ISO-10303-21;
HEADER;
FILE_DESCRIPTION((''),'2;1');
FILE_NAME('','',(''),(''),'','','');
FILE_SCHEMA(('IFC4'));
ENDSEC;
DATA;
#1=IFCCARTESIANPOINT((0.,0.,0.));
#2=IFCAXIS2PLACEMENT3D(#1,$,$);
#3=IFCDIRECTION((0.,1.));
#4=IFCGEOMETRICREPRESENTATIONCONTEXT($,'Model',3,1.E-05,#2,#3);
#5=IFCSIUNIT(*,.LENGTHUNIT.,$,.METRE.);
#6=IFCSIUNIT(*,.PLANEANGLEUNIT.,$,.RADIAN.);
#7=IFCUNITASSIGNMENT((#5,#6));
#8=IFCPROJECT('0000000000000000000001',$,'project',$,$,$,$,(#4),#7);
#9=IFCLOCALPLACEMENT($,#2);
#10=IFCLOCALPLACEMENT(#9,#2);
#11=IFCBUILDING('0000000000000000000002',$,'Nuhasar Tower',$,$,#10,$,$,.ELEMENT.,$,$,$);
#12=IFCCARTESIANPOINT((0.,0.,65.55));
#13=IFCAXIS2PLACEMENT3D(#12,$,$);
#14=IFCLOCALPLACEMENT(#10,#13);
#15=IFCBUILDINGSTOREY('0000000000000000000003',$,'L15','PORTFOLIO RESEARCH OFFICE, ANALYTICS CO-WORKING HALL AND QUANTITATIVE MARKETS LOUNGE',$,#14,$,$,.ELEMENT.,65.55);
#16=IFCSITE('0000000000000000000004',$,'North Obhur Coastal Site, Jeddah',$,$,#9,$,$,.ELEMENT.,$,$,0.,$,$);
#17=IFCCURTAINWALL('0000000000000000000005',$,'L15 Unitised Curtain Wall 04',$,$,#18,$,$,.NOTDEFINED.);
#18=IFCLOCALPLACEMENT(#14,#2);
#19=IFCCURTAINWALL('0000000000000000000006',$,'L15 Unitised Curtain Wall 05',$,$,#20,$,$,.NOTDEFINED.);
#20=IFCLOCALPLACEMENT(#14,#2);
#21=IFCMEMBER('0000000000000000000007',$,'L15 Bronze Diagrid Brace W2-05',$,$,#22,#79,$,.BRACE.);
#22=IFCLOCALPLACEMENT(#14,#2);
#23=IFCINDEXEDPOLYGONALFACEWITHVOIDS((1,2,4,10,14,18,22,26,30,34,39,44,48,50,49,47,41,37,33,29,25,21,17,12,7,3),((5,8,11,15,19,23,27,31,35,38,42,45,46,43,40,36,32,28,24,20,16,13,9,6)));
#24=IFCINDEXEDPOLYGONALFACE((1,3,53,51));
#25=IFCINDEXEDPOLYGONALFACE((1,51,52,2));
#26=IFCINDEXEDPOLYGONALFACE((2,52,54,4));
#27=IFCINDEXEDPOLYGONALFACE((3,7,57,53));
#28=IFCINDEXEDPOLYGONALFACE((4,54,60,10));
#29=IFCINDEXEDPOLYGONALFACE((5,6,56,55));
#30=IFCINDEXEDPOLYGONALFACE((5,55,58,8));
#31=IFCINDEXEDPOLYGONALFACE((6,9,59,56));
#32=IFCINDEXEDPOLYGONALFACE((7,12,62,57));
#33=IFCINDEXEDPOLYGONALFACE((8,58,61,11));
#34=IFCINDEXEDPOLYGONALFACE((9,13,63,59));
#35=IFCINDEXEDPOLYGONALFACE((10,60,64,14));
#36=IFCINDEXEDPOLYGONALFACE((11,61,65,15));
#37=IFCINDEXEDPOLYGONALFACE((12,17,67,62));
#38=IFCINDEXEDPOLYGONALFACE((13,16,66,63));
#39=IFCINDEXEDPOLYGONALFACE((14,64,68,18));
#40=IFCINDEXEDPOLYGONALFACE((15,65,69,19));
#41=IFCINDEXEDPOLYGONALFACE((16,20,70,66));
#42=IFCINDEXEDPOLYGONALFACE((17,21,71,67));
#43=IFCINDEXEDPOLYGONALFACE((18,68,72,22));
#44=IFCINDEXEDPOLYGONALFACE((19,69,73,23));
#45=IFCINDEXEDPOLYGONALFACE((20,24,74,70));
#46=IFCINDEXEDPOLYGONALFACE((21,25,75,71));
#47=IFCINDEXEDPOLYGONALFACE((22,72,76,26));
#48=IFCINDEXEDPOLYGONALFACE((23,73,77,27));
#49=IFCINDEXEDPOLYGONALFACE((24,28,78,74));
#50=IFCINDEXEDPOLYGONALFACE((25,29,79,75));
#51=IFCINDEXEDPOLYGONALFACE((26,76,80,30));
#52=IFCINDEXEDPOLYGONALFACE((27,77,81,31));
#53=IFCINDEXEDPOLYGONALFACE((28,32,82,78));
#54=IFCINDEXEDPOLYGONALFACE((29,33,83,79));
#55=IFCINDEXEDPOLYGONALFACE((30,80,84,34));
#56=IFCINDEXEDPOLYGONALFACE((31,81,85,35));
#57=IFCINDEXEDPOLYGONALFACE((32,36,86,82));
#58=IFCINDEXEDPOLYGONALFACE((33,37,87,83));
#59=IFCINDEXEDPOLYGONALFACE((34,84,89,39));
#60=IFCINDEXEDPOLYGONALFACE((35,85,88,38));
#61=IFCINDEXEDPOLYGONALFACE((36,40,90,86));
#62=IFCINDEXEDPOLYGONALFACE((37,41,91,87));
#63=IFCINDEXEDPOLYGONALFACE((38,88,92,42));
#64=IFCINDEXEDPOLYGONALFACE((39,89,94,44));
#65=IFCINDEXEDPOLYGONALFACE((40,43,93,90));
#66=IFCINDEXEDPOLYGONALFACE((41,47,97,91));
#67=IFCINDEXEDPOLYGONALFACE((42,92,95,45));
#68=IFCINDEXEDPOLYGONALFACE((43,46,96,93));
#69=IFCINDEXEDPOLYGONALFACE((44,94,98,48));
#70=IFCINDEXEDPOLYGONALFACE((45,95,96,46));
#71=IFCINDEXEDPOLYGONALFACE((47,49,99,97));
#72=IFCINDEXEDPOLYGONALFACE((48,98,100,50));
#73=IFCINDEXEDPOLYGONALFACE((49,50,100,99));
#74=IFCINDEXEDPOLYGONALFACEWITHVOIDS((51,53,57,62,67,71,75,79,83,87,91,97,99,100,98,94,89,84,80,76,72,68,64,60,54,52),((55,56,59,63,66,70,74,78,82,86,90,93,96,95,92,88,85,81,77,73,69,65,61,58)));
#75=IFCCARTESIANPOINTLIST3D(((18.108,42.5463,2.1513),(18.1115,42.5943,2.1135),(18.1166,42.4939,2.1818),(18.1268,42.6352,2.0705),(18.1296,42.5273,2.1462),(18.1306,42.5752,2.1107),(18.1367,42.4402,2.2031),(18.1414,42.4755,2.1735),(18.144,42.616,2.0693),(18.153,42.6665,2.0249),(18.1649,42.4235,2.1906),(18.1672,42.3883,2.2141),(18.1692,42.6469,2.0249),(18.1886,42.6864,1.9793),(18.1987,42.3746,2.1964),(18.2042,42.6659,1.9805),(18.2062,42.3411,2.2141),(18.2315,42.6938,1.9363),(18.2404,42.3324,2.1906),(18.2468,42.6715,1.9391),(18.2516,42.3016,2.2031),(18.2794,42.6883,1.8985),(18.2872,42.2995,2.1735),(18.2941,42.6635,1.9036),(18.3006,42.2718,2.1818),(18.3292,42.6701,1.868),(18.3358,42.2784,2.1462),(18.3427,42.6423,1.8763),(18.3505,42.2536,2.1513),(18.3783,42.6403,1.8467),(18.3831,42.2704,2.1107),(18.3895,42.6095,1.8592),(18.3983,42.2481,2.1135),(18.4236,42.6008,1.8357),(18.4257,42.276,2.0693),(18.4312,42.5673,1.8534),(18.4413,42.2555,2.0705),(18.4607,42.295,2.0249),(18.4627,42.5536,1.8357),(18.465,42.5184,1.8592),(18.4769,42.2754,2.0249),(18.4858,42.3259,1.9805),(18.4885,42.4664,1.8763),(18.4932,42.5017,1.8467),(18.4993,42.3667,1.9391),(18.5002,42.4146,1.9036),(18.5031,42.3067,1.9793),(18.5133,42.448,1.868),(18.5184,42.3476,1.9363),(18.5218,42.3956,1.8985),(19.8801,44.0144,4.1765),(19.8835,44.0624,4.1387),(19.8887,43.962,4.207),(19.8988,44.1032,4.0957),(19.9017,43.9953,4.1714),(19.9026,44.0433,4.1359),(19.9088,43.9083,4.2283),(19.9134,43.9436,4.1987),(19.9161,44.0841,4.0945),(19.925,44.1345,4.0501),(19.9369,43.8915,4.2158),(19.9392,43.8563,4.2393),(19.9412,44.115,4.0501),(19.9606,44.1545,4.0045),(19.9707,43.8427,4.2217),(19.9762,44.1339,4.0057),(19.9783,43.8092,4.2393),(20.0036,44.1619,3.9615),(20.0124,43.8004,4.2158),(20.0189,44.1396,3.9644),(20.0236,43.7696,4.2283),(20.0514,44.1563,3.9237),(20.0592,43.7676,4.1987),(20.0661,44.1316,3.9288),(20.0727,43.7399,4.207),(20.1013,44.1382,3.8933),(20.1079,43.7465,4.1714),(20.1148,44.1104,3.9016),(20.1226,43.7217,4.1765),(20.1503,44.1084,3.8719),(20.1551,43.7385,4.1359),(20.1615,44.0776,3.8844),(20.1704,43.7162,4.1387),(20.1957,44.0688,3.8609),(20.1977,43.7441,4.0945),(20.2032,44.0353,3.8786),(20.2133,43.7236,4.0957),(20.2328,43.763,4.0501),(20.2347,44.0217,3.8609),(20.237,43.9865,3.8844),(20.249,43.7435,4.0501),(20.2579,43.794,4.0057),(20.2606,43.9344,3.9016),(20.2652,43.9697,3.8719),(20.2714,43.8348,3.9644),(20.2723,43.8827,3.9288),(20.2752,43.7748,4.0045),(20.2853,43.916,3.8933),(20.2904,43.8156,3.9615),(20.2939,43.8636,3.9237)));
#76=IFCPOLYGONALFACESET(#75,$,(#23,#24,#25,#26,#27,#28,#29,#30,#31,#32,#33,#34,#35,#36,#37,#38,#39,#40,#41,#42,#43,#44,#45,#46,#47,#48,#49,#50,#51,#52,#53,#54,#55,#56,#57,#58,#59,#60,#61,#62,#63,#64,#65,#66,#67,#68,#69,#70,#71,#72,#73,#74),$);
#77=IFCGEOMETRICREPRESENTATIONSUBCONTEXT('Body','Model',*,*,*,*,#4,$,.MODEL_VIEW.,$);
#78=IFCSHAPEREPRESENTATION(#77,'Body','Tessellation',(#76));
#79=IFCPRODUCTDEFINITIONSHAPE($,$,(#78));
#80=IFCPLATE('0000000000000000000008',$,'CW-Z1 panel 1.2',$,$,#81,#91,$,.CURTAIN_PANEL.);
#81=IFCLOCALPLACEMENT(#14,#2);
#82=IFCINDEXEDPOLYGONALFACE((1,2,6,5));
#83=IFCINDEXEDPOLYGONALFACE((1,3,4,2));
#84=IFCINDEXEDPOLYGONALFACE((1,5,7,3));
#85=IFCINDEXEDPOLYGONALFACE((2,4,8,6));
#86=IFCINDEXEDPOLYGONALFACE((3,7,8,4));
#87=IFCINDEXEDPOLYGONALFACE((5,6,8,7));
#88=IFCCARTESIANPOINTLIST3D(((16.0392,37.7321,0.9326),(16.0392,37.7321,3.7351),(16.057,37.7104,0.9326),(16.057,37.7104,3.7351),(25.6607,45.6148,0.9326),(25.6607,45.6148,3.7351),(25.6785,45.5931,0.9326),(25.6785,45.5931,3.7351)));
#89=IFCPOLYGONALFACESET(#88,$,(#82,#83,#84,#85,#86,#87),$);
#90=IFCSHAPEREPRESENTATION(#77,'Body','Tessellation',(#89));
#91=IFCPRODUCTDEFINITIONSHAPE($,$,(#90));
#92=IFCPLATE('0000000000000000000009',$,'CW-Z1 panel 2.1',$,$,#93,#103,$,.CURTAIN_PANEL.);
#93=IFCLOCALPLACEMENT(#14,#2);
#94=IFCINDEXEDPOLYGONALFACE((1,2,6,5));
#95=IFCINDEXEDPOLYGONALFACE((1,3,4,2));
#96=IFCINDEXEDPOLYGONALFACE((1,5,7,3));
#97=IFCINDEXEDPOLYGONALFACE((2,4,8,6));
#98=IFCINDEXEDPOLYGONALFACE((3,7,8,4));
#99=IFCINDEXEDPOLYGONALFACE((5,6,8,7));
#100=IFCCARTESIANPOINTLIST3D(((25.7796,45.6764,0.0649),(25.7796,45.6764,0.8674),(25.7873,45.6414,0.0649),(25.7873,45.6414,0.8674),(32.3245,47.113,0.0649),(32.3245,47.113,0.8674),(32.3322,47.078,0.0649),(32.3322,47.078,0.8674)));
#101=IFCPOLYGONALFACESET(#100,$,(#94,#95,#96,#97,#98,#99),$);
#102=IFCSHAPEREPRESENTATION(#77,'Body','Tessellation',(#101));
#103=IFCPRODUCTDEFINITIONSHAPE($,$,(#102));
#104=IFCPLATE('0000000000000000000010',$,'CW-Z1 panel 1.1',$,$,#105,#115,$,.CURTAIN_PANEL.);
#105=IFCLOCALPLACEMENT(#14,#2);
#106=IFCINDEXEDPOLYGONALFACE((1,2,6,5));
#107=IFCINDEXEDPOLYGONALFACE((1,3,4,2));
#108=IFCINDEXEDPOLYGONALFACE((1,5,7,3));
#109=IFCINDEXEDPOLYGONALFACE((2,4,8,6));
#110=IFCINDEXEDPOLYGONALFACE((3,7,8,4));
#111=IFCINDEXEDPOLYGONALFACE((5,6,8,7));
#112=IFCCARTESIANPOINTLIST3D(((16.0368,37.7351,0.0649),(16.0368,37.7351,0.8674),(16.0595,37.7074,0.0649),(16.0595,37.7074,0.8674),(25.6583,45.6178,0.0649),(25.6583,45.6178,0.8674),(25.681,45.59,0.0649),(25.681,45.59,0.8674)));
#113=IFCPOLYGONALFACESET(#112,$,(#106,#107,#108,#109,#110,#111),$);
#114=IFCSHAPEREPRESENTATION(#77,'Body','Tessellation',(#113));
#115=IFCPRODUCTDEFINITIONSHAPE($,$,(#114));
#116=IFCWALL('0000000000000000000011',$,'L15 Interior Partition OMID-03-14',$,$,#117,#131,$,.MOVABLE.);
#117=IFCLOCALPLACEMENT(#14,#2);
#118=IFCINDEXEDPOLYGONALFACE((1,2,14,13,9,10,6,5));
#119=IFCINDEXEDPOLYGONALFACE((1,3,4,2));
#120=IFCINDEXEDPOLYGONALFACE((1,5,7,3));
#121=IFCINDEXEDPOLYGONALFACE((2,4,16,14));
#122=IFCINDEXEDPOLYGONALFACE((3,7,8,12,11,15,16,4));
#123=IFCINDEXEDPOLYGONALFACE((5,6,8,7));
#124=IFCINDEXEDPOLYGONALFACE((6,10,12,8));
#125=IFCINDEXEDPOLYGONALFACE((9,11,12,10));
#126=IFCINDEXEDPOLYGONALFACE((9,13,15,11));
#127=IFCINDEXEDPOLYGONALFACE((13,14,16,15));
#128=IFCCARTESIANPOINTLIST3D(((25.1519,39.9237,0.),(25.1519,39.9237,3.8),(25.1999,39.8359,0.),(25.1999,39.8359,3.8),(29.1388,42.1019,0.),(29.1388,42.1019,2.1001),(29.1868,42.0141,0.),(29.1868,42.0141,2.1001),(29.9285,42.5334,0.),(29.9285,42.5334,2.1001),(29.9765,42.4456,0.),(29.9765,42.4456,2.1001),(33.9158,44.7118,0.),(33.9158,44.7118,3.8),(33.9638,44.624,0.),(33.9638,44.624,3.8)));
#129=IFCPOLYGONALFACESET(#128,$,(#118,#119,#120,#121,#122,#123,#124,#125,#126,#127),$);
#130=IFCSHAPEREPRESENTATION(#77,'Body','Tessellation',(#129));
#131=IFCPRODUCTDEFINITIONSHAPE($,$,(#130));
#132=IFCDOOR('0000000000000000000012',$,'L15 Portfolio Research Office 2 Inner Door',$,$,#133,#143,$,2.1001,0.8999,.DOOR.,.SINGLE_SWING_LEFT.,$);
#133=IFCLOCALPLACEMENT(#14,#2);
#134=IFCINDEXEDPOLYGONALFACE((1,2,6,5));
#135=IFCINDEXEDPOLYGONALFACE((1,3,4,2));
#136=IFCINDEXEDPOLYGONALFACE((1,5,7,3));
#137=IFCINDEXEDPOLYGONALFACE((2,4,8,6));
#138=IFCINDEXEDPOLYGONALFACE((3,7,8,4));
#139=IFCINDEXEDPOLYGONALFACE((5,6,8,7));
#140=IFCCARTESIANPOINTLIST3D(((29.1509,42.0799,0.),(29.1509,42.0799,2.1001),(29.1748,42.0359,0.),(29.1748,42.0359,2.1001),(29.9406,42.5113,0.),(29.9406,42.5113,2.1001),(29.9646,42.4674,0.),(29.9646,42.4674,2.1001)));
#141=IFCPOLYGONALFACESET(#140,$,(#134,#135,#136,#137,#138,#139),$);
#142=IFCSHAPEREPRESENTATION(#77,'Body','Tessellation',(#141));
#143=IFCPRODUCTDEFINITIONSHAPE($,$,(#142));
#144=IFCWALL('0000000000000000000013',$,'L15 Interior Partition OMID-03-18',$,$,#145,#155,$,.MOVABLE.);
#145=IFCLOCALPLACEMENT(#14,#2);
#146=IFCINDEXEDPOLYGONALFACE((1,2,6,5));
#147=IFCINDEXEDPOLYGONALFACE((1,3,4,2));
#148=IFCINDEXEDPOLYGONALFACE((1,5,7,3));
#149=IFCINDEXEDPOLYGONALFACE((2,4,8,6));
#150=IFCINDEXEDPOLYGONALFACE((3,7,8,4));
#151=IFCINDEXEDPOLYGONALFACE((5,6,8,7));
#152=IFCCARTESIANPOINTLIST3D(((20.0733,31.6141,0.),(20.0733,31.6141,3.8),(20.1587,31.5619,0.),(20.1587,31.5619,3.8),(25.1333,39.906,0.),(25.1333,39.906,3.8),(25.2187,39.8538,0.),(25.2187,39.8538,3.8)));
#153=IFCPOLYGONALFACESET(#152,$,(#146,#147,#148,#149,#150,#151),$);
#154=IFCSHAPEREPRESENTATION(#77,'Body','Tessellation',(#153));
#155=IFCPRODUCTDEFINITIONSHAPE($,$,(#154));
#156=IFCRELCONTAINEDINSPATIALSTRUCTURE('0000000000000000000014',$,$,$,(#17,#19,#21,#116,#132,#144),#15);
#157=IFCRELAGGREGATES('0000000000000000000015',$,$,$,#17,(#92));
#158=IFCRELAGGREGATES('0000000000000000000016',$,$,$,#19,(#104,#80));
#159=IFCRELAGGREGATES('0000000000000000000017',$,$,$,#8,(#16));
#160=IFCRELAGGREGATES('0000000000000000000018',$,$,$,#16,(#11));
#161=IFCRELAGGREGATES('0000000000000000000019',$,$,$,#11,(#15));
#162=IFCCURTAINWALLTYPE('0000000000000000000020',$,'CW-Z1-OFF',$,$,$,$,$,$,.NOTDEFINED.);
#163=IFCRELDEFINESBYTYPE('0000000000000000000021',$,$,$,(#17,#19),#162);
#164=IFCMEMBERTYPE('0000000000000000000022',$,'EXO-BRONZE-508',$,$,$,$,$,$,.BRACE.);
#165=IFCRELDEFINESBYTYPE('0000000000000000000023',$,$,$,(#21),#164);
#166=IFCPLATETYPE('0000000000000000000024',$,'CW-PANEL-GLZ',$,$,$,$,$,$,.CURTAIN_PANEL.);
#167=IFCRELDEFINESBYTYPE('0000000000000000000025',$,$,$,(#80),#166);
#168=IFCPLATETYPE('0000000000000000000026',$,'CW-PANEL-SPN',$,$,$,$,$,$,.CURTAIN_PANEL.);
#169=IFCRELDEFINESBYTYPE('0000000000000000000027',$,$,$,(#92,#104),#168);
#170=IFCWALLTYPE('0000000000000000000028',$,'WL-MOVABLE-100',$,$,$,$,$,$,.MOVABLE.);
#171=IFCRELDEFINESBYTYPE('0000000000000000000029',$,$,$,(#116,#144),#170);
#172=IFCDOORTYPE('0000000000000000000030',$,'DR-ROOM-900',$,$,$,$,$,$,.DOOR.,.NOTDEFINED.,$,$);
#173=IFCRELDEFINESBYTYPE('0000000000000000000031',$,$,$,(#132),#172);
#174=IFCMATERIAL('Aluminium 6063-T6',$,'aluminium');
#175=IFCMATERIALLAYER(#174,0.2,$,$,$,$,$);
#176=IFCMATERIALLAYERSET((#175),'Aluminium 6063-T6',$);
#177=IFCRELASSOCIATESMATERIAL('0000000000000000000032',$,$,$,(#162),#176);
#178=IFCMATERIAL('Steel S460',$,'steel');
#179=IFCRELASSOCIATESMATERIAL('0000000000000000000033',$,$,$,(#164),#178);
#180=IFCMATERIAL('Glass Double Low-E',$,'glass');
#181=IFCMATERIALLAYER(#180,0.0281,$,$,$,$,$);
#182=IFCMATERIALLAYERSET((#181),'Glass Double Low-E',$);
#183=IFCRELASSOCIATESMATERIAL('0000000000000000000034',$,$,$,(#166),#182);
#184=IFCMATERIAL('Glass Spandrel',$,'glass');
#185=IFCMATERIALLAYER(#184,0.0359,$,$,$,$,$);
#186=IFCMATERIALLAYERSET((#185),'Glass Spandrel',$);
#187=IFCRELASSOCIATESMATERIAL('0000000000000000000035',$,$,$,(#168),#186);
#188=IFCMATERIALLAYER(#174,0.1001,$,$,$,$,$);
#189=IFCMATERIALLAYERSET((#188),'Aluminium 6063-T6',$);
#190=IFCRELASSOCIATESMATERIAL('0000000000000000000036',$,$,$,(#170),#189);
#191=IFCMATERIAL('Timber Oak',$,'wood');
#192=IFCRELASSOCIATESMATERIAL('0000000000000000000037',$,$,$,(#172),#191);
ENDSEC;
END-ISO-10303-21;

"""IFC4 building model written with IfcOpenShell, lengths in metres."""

from ifc_helpers import new_model, si_unit, direction, frame, frame_2d, origin, origin_2d, place, context, subcontext, project, spatial, rectangle, hollow_circle, extrude, material, layer, layer_set, material_profile, profile_set, type_object, element, fill, aggregate, save


model = new_model("IFC4")

# Units and contexts
model_context = context("Model", 3, precision=1e-05, world=origin(), true_north=direction((0.0, 1.0)))
body_context = subcontext(model_context, "Body", "Model", "MODEL_VIEW")
ifc_project = project(units=[si_unit("LENGTHUNIT", "METRE"), si_unit("PLANEANGLEUNIT", "RADIAN")], contexts=[model_context])

# Site, building, storey
site_placement = place(None, origin())
site = spatial("IfcSite", under=ifc_project, at=site_placement, Name="North Obhur Coastal Site, Jeddah", CompositionType="ELEMENT", RefElevation=0.0)
building_placement = place(site_placement, origin())
building = spatial("IfcBuilding", under=site, at=building_placement, Name="Nuhasar Tower", CompositionType="ELEMENT")
storey_placement = place(building_placement, frame((0.0, 0.0, 65.55)))
storey = spatial("IfcBuildingStorey", under=building, at=storey_placement, Name="L15", Description="PORTFOLIO RESEARCH OFFICE, ANALYTICS CO-WORKING HALL AND QUANTITATIVE MARKETS LOUNGE", CompositionType="ELEMENT", Elevation=65.55)

# Curtain wall
ifc_material_1 = material(Name="Aluminium 6063-T6", Category="aluminium")
ifc_layer_1 = layer(ifc_material_1, 0.2)
ifc_layer_set_1 = layer_set([ifc_layer_1], Name="Aluminium 6063-T6")
curtain_wall_type = type_object("IfcCurtainWallType", Name="CW-Z1-OFF", PredefinedType="NOTDEFINED", material=ifc_layer_set_1)
curtain_wall_1_placement = place(storey_placement, origin())
curtain_wall_1 = element("IfcCurtainWall", 1, at=curtain_wall_1_placement, inside=storey, type_object=curtain_wall_type, Name="L15 Unitised Curtain Wall 04", PredefinedType="NOTDEFINED")

# Curtain wall
curtain_wall_2_placement = place(storey_placement, origin())
curtain_wall_2 = element("IfcCurtainWall", 2, at=curtain_wall_2_placement, inside=storey, type_object=curtain_wall_type, Name="L15 Unitised Curtain Wall 05", PredefinedType="NOTDEFINED")

# Member
ifc_material_2 = material(Name="Steel S460", Category="steel")
ifc_material_profile_1 = material_profile(ifc_material_2, hollow_circle(Radius=0.2539, WallThickness=0.0254, at=origin_2d()), Name="HSS508X25.4")
ifc_profile_set_1 = profile_set([ifc_material_profile_1], Name="Steel S460")
member_type_1 = type_object("IfcMemberType", Name="EXO-BRONZE-508", PredefinedType="BRACE", material=ifc_profile_set_1)
member_1_placement = place(storey_placement, frame((18.3149, 42.4709, 2.0249), z_axis=(0.578071, 0.478912, 0.660664), x_axis=(-0.637969, 0.770062, 0.0)))
element("IfcMember", 3, at=member_1_placement, inside=storey, type_object=member_type_1, Name="L15 Bronze Diagrid Brace W2-05", PredefinedType="BRACE", context=body_context, shape_type="SweptSolid", body=[
    extrude(hollow_circle(Radius=0.2539, WallThickness=0.0254, at=origin_2d()), origin(), (0.0, 0.0, 1.0), 3.0654),
])

# Plates
ifc_material_3 = material(Name="Glass Double Low-E", Category="glass")
ifc_layer_2 = layer(ifc_material_3, 0.0281)
ifc_layer_set_2 = layer_set([ifc_layer_2], Name="Glass Double Low-E")
plate_type_1 = type_object("IfcPlateType", Name="CW-PANEL-GLZ", PredefinedType="CURTAIN_PANEL", material=ifc_layer_set_2)
plate_1_placement = place(storey_placement, frame((20.8589, 41.6626, 0.9326), z_axis=(0.0, 0.0, 1.0), x_axis=(-0.773542, -0.633745, 0.0)))
plate_1 = element("IfcPlate", 4, at=plate_1_placement, type_object=plate_type_1, Name="CW-Z1 panel 1.2", PredefinedType="CURTAIN_PANEL", context=body_context, shape_type="SweptSolid", body=[
    extrude(rectangle(XDim=12.4382, YDim=0.0281, at=origin_2d()), origin(), (0.0, 0.0, 1.0), 2.8025),
])
ifc_material_4 = material(Name="Glass Spandrel", Category="glass")
ifc_layer_3 = layer(ifc_material_4, 0.0359)
ifc_layer_set_3 = layer_set([ifc_layer_3], Name="Glass Spandrel")
plate_type_2 = type_object("IfcPlateType", Name="CW-PANEL-SPN", PredefinedType="CURTAIN_PANEL", material=ifc_layer_set_3)
plate_2_placement = place(storey_placement, frame((29.0559, 46.3772, 0.0649), z_axis=(0.0, 0.0, 1.0), x_axis=(-0.976746, -0.214399, 0.0)))
plate_2 = element("IfcPlate", 5, at=plate_2_placement, type_object=plate_type_2, Name="CW-Z1 panel 2.1", PredefinedType="CURTAIN_PANEL", context=body_context, shape_type="SweptSolid", body=[
    extrude(rectangle(XDim=6.7007, YDim=0.0359, at=origin_2d()), origin(), (0.0, 0.0, 1.0), 0.8025),
])
aggregate(curtain_wall_1, [plate_2])
plate_3_placement = place(storey_placement, frame((20.8589, 41.6626, 0.0649), z_axis=(0.0, 0.0, 1.0), x_axis=(-0.773542, -0.633745, 0.0)))
plate_3 = element("IfcPlate", 6, at=plate_3_placement, type_object=plate_type_2, Name="CW-Z1 panel 1.1", PredefinedType="CURTAIN_PANEL", context=body_context, shape_type="SweptSolid", body=[
    extrude(rectangle(XDim=12.4382, YDim=0.0359, at=origin_2d()), origin(), (0.0, 0.0, 1.0), 0.8025),
])
aggregate(curtain_wall_2, [plate_3, plate_1])

# Wall, opening, door
ifc_layer_4 = layer(ifc_material_1, 0.1001)
ifc_layer_set_4 = layer_set([ifc_layer_4], Name="Aluminium 6063-T6")
wall_type = type_object("IfcWallType", Name="WL-MOVABLE-100", PredefinedType="MOVABLE", material=ifc_layer_set_4)
wall_1_placement = place(storey_placement, frame((25.176, 39.8799, 0.0), z_axis=(0.0, 0.0, 1.0), x_axis=(0.877568, 0.479452, 0.0)))
wall_1 = element("IfcWall", 7, at=wall_1_placement, inside=storey, type_object=wall_type, Name="L15 Interior Partition OMID-03-14", PredefinedType="MOVABLE", context=body_context, shape_type="SweptSolid", body=[
    extrude(rectangle(XDim=9.9866, YDim=0.1001, at=frame_2d((4.9932, 0.0))), origin(), (0.0, 0.0, 1.0), 3.8),
])
opening_placement = place(wall_1_placement, frame((4.543, 0.0, 0.0)))
opening = element("IfcOpeningElement", 8, at=opening_placement, cuts=wall_1, PredefinedType="OPENING", context=body_context, shape_type="SweptSolid", body=[
    extrude(rectangle(XDim=0.8999, YDim=2.1001, at=frame_2d((0.45, 1.05))), frame((0.0, 0.0601, 0.0), z_axis=(0.0, -1.0, 0.0), x_axis=(1.0, 0.0, 0.0)), (0.0, 0.0, 1.0), 0.1201),
])
ifc_material_5 = material(Name="Timber Oak", Category="wood")
door_type = type_object("IfcDoorType", Name="DR-ROOM-900", OperationType="NOTDEFINED", PredefinedType="DOOR", material=ifc_material_5)
door_placement = place(opening_placement, origin())
door = element("IfcDoor", 9, at=door_placement, inside=storey, type_object=door_type, Name="L15 Portfolio Research Office 2 Inner Door", OperationType="SINGLE_SWING_LEFT", OverallHeight=2.1001, OverallWidth=0.8999, PredefinedType="DOOR", context=body_context, shape_type="SweptSolid", body=[
    extrude(rectangle(XDim=0.8999, YDim=2.1001, at=frame_2d((0.45, 1.05))), frame((0.0, 0.0249, 0.0), z_axis=(0.0, -1.0, 0.0), x_axis=(1.0, 0.0, 0.0)), (0.0, 0.0, 1.0), 0.05),
])
fill(opening, door)

# Wall
wall_2_placement = place(storey_placement, frame((25.176, 39.8799, 0.0), z_axis=(0.0, 0.0, 1.0), x_axis=(-0.520905, -0.853615, 0.0)))
element("IfcWall", 10, at=wall_2_placement, inside=storey, type_object=wall_type, Name="L15 Interior Partition OMID-03-18", PredefinedType="MOVABLE", context=body_context, shape_type="SweptSolid", body=[
    extrude(rectangle(XDim=9.7139, YDim=0.1001, at=frame_2d((4.8569, 0.0))), origin(), (0.0, 0.0, 1.0), 3.8),
])

save(model, "model.ifc")
